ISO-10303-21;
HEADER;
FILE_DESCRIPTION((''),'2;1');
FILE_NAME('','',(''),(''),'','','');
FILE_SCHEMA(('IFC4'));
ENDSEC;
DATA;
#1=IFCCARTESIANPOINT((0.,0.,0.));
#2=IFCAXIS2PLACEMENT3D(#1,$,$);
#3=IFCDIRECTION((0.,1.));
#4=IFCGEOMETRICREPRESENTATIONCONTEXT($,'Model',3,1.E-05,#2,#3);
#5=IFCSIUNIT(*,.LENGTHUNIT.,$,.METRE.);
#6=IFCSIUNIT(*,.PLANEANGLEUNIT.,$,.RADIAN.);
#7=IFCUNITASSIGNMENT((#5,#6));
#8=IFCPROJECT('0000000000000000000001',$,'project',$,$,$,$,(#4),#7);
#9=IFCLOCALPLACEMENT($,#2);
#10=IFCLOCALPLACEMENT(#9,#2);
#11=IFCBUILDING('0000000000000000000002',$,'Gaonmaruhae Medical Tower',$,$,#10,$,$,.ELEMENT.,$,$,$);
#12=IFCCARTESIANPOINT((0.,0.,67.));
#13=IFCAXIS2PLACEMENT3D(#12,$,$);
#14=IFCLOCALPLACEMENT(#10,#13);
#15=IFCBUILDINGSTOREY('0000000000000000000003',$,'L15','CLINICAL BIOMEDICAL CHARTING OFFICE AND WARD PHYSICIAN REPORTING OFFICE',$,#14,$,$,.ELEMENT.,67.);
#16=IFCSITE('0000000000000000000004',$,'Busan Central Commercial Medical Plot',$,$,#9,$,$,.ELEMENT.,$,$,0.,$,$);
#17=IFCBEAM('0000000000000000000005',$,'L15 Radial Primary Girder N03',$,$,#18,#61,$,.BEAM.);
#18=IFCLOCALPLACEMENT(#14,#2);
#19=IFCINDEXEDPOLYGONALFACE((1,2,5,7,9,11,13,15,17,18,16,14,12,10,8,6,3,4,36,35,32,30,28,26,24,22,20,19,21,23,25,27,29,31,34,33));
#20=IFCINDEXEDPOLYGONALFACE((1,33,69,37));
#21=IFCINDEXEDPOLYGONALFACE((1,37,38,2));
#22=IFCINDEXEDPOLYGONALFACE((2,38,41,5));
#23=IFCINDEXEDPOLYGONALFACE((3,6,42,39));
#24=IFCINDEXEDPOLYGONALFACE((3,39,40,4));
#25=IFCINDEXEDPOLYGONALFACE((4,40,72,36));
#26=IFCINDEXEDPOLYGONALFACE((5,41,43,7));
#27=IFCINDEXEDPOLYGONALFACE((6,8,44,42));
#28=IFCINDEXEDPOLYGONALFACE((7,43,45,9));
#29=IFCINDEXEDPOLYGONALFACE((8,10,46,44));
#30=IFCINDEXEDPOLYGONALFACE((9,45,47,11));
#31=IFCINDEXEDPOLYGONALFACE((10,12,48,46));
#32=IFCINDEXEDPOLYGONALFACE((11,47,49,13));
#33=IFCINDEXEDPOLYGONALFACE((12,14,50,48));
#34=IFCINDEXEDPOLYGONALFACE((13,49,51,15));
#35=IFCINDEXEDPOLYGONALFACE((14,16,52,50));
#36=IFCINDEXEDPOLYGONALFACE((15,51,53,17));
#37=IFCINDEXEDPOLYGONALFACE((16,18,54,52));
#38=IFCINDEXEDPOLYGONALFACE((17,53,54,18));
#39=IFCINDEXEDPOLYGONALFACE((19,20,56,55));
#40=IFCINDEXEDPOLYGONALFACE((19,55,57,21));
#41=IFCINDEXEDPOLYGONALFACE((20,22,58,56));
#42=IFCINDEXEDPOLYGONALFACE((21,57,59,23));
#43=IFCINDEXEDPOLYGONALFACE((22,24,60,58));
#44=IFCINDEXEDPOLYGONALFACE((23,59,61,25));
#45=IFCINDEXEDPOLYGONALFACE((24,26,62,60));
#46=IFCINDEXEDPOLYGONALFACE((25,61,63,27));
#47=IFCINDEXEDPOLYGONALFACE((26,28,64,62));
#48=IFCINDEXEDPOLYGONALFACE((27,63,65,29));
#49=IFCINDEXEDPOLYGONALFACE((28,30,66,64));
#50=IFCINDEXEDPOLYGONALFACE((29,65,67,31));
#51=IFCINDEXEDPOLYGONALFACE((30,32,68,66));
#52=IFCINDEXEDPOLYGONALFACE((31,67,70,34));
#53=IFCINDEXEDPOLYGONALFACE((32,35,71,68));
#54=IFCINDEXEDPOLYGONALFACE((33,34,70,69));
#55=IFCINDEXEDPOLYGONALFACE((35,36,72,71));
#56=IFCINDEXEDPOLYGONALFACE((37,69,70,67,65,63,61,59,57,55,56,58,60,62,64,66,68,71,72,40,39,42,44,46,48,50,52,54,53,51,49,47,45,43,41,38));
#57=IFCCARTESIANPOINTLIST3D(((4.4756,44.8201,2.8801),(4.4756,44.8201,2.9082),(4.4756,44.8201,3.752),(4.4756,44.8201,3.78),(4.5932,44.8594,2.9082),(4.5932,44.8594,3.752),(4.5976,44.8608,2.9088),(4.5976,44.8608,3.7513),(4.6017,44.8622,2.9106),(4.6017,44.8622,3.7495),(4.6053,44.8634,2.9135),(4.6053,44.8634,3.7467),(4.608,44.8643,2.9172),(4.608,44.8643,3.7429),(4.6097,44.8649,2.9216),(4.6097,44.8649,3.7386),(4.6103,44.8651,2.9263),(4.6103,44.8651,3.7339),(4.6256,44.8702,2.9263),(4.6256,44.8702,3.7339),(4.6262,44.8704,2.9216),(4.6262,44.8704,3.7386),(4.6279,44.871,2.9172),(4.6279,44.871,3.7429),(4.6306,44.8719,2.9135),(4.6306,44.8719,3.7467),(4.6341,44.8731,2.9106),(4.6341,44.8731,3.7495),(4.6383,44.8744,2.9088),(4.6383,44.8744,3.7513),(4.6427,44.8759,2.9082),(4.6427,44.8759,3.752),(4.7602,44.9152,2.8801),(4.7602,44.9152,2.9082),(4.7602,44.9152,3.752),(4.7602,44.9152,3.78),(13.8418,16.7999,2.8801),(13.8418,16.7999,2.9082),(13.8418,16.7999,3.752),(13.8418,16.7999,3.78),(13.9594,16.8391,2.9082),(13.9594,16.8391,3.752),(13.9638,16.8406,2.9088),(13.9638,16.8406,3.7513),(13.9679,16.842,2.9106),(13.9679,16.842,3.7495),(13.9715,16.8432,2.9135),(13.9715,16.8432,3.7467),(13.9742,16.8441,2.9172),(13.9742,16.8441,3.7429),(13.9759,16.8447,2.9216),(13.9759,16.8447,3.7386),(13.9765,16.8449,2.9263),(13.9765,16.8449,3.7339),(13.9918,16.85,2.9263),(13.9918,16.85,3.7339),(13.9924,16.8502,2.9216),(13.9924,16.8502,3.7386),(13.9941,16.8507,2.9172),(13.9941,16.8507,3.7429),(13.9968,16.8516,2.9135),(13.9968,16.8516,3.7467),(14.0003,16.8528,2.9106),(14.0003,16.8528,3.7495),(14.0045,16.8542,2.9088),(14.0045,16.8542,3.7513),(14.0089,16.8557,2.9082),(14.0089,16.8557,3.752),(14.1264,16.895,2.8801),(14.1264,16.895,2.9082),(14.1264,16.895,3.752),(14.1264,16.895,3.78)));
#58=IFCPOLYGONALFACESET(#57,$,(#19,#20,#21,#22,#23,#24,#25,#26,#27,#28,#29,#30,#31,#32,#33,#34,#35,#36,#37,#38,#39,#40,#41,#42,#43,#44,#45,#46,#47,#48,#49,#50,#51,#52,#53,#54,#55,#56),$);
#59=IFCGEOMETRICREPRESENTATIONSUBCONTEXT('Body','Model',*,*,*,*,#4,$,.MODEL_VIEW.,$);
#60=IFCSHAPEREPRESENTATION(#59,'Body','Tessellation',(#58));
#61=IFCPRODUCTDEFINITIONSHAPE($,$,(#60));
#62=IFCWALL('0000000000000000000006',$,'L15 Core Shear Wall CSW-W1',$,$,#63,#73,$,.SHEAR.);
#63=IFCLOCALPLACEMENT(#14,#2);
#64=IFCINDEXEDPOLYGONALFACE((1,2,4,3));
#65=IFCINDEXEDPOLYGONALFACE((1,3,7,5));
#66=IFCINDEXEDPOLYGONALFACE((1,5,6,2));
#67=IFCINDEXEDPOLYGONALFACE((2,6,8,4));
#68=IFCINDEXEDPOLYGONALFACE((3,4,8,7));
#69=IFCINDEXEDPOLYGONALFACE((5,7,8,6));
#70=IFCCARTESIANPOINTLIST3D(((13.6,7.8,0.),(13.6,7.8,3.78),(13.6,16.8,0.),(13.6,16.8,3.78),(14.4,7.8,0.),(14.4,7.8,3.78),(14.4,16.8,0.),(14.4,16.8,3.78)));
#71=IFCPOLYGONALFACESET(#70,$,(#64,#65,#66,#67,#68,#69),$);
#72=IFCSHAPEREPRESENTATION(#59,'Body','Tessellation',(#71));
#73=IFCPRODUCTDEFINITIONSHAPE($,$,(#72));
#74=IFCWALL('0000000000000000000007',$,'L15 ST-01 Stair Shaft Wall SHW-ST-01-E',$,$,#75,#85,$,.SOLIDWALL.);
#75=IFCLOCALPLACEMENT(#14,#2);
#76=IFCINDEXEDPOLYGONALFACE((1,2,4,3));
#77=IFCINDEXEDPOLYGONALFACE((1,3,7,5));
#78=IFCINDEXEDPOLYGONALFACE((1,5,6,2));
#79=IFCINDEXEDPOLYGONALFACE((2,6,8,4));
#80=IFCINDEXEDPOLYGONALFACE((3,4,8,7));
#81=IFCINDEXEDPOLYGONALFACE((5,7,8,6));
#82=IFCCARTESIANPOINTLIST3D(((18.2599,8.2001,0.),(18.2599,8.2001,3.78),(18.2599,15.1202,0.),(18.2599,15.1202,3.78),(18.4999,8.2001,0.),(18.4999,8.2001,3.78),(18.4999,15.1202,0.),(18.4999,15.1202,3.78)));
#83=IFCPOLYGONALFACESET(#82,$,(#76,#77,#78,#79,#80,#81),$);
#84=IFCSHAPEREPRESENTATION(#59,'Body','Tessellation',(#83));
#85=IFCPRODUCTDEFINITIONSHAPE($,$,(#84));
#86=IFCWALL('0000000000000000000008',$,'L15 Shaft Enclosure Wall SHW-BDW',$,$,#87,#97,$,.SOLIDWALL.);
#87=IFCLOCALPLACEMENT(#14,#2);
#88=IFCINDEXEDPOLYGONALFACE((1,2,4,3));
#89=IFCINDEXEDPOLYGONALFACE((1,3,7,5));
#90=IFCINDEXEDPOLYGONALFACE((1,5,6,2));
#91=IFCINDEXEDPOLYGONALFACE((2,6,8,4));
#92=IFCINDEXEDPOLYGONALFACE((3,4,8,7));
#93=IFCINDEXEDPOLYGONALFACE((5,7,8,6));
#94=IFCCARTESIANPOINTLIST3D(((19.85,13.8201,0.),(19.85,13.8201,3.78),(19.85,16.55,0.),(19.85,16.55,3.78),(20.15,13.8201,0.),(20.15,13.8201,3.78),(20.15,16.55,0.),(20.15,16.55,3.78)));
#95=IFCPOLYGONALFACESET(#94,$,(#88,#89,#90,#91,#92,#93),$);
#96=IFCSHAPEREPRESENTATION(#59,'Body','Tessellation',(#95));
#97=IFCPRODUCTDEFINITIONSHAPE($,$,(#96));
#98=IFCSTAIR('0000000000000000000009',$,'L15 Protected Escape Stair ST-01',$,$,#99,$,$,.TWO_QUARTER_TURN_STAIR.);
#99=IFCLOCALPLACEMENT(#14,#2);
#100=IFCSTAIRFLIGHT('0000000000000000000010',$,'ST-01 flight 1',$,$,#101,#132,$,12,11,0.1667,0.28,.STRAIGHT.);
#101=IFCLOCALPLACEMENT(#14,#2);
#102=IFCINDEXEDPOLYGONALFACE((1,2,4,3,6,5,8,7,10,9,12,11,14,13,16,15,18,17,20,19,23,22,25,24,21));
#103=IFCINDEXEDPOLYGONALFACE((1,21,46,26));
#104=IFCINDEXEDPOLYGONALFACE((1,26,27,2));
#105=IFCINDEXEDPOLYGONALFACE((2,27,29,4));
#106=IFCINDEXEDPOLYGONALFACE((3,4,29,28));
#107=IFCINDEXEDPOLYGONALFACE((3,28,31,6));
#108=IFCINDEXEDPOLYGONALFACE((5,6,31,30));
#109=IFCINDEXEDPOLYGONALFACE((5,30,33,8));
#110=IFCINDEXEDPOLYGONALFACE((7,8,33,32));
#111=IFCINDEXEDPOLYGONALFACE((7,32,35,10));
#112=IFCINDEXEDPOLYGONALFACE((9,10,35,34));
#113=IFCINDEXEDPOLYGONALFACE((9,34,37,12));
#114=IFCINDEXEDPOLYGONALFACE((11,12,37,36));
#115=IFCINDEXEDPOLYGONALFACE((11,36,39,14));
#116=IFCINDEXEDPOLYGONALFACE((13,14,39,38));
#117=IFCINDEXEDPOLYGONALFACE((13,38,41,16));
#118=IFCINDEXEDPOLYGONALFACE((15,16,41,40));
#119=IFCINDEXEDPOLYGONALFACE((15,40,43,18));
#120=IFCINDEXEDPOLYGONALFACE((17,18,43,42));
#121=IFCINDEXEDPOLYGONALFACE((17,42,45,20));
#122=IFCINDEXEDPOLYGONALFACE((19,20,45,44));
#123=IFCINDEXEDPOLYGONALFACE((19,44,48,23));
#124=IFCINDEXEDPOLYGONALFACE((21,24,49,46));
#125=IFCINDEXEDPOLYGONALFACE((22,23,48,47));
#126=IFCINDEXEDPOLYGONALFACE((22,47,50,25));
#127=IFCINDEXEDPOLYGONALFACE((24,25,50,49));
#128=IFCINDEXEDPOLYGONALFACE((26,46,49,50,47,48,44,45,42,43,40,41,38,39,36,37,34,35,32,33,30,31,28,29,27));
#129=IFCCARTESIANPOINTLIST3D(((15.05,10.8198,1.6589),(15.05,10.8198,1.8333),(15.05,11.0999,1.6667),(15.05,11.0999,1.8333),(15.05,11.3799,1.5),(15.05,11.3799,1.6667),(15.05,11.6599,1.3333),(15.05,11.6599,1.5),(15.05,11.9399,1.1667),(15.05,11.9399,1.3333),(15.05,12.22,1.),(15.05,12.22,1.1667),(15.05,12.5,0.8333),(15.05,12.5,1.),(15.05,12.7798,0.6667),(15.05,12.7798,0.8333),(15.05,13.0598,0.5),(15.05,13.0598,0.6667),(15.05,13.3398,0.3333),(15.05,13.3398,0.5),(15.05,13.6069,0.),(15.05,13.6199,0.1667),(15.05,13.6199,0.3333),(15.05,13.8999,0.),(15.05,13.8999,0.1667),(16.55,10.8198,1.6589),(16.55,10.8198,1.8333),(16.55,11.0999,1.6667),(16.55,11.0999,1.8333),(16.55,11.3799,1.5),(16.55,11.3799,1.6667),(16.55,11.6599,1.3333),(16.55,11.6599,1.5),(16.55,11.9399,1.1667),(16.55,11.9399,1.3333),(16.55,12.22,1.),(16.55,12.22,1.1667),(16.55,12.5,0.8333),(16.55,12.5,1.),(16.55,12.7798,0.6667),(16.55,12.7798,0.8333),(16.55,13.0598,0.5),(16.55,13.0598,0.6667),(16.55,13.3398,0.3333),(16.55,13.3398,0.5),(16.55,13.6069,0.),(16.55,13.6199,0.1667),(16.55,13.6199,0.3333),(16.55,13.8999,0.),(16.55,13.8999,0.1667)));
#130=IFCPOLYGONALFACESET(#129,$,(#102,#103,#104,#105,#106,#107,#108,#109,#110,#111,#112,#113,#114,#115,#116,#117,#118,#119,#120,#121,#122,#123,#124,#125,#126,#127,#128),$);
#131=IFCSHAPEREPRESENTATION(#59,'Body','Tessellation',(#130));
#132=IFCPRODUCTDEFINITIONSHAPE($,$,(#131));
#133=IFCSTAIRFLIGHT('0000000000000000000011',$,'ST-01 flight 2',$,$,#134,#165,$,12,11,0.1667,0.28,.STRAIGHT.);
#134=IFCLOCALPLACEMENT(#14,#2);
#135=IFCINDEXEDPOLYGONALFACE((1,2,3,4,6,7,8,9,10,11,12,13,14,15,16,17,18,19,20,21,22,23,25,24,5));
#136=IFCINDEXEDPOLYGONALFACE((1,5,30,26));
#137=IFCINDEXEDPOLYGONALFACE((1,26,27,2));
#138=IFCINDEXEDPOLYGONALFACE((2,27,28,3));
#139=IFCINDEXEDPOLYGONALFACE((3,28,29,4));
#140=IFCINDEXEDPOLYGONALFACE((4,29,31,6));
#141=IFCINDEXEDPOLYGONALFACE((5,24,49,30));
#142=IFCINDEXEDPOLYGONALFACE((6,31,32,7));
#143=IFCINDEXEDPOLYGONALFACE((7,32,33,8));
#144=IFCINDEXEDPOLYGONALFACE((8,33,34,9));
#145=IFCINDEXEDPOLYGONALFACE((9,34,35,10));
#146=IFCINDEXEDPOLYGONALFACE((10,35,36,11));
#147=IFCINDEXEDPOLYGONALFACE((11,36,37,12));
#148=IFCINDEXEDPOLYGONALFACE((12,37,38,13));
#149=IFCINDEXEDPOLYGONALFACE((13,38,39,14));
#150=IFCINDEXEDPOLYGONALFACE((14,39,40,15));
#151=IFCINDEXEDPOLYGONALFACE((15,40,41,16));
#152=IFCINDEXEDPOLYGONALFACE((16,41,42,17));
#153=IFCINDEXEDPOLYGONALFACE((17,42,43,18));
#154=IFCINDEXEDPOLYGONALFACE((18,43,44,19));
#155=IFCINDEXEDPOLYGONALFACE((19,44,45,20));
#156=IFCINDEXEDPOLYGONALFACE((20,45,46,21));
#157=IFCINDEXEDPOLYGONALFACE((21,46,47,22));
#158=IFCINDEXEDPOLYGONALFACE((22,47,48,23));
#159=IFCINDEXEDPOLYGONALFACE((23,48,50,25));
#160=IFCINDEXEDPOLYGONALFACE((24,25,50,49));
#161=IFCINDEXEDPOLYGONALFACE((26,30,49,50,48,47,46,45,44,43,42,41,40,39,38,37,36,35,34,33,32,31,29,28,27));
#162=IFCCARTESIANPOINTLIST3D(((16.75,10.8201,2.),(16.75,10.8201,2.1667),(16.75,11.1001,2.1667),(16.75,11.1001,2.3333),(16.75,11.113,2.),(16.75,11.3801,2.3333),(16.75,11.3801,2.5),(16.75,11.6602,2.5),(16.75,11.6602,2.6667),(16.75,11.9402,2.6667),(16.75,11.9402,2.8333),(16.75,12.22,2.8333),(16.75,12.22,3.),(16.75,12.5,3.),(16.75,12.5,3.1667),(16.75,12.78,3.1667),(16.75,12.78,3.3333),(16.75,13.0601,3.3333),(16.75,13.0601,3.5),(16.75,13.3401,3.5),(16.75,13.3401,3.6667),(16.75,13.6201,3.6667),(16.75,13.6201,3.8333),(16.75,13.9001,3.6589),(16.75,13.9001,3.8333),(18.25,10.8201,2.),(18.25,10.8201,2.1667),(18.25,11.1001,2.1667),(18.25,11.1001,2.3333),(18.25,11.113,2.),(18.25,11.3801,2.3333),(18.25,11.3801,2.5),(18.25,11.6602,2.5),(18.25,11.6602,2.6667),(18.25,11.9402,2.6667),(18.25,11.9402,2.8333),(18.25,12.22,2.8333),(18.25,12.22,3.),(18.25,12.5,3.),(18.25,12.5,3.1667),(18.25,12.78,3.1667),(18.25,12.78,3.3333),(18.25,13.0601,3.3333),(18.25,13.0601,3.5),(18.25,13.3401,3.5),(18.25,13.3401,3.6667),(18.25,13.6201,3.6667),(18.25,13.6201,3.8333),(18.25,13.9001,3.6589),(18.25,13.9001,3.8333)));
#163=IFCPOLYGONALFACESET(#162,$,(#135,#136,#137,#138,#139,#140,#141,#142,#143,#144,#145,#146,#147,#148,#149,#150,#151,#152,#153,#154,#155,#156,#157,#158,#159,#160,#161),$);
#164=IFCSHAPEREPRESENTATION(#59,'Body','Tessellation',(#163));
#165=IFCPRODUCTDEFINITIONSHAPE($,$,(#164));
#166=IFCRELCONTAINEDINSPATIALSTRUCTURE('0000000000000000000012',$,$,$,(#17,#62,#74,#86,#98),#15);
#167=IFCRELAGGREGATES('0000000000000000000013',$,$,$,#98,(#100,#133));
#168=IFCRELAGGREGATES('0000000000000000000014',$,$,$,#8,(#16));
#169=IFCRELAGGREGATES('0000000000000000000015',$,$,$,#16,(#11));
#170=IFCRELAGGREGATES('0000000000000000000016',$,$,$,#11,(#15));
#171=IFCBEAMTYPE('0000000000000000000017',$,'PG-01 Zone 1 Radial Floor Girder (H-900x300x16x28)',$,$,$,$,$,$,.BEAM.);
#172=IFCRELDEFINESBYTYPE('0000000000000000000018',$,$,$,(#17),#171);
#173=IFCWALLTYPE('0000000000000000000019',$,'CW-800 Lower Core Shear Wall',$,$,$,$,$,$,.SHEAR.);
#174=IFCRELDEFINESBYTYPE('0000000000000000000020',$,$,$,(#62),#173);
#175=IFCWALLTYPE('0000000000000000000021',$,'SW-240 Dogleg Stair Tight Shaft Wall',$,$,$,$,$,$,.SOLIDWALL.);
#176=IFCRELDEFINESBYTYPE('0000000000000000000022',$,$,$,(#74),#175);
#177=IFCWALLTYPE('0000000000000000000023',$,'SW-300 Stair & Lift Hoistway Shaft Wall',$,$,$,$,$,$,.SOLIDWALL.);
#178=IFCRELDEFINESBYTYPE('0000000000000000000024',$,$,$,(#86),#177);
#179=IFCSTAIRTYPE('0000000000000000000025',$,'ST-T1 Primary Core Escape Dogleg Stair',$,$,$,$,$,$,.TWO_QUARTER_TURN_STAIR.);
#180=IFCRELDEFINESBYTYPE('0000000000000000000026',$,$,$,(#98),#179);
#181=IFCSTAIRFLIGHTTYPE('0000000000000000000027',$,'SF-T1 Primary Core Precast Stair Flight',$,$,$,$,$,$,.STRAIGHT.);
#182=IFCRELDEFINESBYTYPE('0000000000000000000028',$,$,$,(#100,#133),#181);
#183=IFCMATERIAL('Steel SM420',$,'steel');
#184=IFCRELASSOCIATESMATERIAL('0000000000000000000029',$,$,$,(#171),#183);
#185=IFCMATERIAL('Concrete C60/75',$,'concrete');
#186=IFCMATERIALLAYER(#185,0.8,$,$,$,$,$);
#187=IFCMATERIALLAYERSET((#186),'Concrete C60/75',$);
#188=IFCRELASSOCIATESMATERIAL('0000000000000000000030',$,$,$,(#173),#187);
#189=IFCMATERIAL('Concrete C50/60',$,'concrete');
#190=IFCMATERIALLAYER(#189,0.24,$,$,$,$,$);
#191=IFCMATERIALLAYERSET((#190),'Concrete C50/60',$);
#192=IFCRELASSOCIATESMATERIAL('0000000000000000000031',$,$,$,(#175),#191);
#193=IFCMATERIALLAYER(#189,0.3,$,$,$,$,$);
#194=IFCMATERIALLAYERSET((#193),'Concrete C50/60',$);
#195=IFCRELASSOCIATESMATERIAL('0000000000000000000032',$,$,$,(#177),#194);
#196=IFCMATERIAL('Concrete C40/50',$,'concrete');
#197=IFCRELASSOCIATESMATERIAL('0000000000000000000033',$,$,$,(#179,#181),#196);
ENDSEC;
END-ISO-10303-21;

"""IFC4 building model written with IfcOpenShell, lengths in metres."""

from ifc_helpers import new_model, si_unit, direction, frame, frame_2d, origin, origin_2d, place, context, subcontext, project, spatial, polyline, rectangle, i_section, outline, extrude, material, layer, layer_set, material_profile, profile_set, type_object, element, aggregate, save


model = new_model("IFC4")

# Units and contexts
model_context = context("Model", 3, precision=1e-05, world=origin(), true_north=direction((0.0, 1.0)))
body_context = subcontext(model_context, "Body", "Model", "MODEL_VIEW")
ifc_project = project(units=[si_unit("LENGTHUNIT", "METRE"), si_unit("PLANEANGLEUNIT", "RADIAN")], contexts=[model_context])

# Site, building, storey
site_placement = place(None, origin())
site = spatial("IfcSite", under=ifc_project, at=site_placement, Name="Busan Central Commercial Medical Plot", CompositionType="ELEMENT", RefElevation=0.0)
building_placement = place(site_placement, origin())
building = spatial("IfcBuilding", under=site, at=building_placement, Name="Gaonmaruhae Medical Tower", CompositionType="ELEMENT")
storey_placement = place(building_placement, frame((0.0, 0.0, 67.0)))
storey = spatial("IfcBuildingStorey", under=building, at=storey_placement, Name="L15", Description="CLINICAL BIOMEDICAL CHARTING OFFICE AND WARD PHYSICIAN REPORTING OFFICE", CompositionType="ELEMENT", Elevation=67.0)

# Shared definitions
ifc_material_1 = material(Name="Concrete C60/75", Category="concrete")

# Beam
ifc_material_2 = material(Name="Steel SM420", Category="steel")
ifc_material_profile_1 = material_profile(ifc_material_2, i_section(OverallWidth=0.3, OverallDepth=0.8999, WebThickness=0.0161, FlangeThickness=0.0281, FilletRadius=0.0181, at=origin_2d()), Name="H-900x300x16x28")
ifc_profile_set_1 = profile_set([ifc_material_profile_1], Name="Steel SM420")
beam_type = type_object("IfcBeamType", Name="PG-01 Zone 1 Radial Floor Girder (H-900x300x16x28)", PredefinedType="BEAM", material=ifc_profile_set_1)
beam_1_placement = place(storey_placement, frame((13.9841, 16.8474, 3.3301), z_axis=(-0.317023, 0.948418, 0.0), x_axis=(-0.948418, -0.317023, 0.0)))
element("IfcBeam", 1, at=beam_1_placement, inside=storey, type_object=beam_type, Name="L15 Radial Primary Girder N03", PredefinedType="BEAM", context=body_context, shape_type="SweptSolid", body=[
    extrude(i_section(OverallWidth=0.3, OverallDepth=0.8999, WebThickness=0.0161, FlangeThickness=0.0281, FilletRadius=0.0181, at=origin_2d()), origin(), (0.0, 0.0, 1.0), 29.5442),
])

# Wall
ifc_layer_1 = layer(ifc_material_1, 0.8)
ifc_layer_set_1 = layer_set([ifc_layer_1], Name="Concrete C60/75")
wall_type_1 = type_object("IfcWallType", Name="CW-800 Lower Core Shear Wall", PredefinedType="SHEAR", material=ifc_layer_set_1)
wall_1_placement = place(storey_placement, frame((14.0, 16.8, 0.0), z_axis=(0.0, 0.0, 1.0), x_axis=(0.0, -1.0, 0.0)))
element("IfcWall", 2, at=wall_1_placement, inside=storey, type_object=wall_type_1, Name="L15 Core Shear Wall CSW-W1", PredefinedType="SHEAR", context=body_context, shape_type="SweptSolid", body=[
    extrude(rectangle(XDim=9.0, YDim=0.8, at=frame_2d((4.5, 0.0))), origin(), (0.0, 0.0, 1.0), 3.78),
])

# Shared definitions
ifc_material_3 = material(Name="Concrete C50/60", Category="concrete")
ifc_layer_2 = layer(ifc_material_3, 0.24)
ifc_layer_set_2 = layer_set([ifc_layer_2], Name="Concrete C50/60")
wall_type_2 = type_object("IfcWallType", Name="SW-240 Dogleg Stair Tight Shaft Wall", PredefinedType="SOLIDWALL", material=ifc_layer_set_2)

# Wall
wall_2_placement = place(storey_placement, frame((18.3799, 15.1201, 0.0), z_axis=(0.0, 0.0, 1.0), x_axis=(0.0, -1.0, 0.0)))
element("IfcWall", 3, at=wall_2_placement, inside=storey, type_object=wall_type_2, Name="L15 ST-01 Stair Shaft Wall SHW-ST-01-E", PredefinedType="SOLIDWALL", context=body_context, shape_type="SweptSolid", body=[
    extrude(rectangle(XDim=6.9202, YDim=0.24, at=frame_2d((3.46, 0.0))), origin(), (0.0, 0.0, 1.0), 3.78),
])

# Shared definitions
ifc_layer_3 = layer(ifc_material_3, 0.3)
ifc_layer_set_3 = layer_set([ifc_layer_3], Name="Concrete C50/60")
wall_type_3 = type_object("IfcWallType", Name="SW-300 Stair & Lift Hoistway Shaft Wall", PredefinedType="SOLIDWALL", material=ifc_layer_set_3)

# Wall
wall_3_placement = place(storey_placement, frame((20.0, 13.8201, 0.0), z_axis=(0.0, 0.0, 1.0), x_axis=(0.0, 1.0, 0.0)))
element("IfcWall", 4, at=wall_3_placement, inside=storey, type_object=wall_type_3, Name="L15 Shaft Enclosure Wall SHW-BDW", PredefinedType="SOLIDWALL", context=body_context, shape_type="SweptSolid", body=[
    extrude(rectangle(XDim=2.73, YDim=0.3, at=frame_2d((1.365, 0.0))), origin(), (0.0, 0.0, 1.0), 3.78),
])

# Stair, stair flights
ifc_material_4 = material(Name="Concrete C40/50", Category="concrete")
stair_type = type_object("IfcStairType", Name="ST-T1 Primary Core Escape Dogleg Stair", PredefinedType="TWO_QUARTER_TURN_STAIR", material=ifc_material_4)
stair_placement = place(storey_placement, origin())
stair = element("IfcStair", 5, at=stair_placement, inside=storey, type_object=stair_type, Name="L15 Protected Escape Stair ST-01", PredefinedType="TWO_QUARTER_TURN_STAIR")
stair_flight_type = type_object("IfcStairFlightType", Name="SF-T1 Primary Core Precast Stair Flight", PredefinedType="STRAIGHT", material=ifc_material_4)
stair_flight_1_placement = place(storey_placement, frame((15.8, 13.8999, 0.0), z_axis=(0.0, 0.0, 1.0), x_axis=(0.0, -1.0, 0.0)))
stair_flight_1 = element("IfcStairFlight", 6, at=stair_flight_1_placement, type_object=stair_flight_type, Name="ST-01 flight 1", NumberOfRisers=12, NumberOfTreads=11, PredefinedType="STRAIGHT", RiserHeight=0.1667, TreadLength=0.28, context=body_context, shape_type="SweptSolid", body=[
    extrude(outline(polyline([(0.0, 0.0), (0.0, 0.1667), (0.28, 0.1667), (0.28, 0.3333), (0.5601, 0.3333), (0.5601, 0.5), (0.8401, 0.5), (0.8401, 0.6667), (1.1201, 0.6667), (1.1201, 0.8333), (1.3999, 0.8333), (1.3999, 1.0), (1.6799, 1.0), (1.6799, 1.1667), (1.96, 1.1667), (1.96, 1.3333), (2.24, 1.3333), (2.24, 1.5), (2.52, 1.5), (2.52, 1.6667), (2.8, 1.6667), (2.8, 1.8333), (3.0801, 1.8333), (3.0801, 2.0), (3.0801, 1.6589), (0.293, 0.0), (0.0, 0.0)])), frame((0.0, 0.75, 0.0), z_axis=(0.0, -1.0, 0.0), x_axis=(1.0, 0.0, 0.0)), (0.0, 0.0, 1.0), 1.5),
])
stair_flight_2_placement = place(storey_placement, frame((17.5, 10.8201, 2.0), z_axis=(0.0, 0.0, 1.0), x_axis=(0.0, 1.0, 0.0)))
stair_flight_2 = element("IfcStairFlight", 7, at=stair_flight_2_placement, type_object=stair_flight_type, Name="ST-01 flight 2", NumberOfRisers=12, NumberOfTreads=11, PredefinedType="STRAIGHT", RiserHeight=0.1667, TreadLength=0.28, context=body_context, shape_type="SweptSolid", body=[
    extrude(outline(polyline([(0.0, 0.0), (0.0, 0.1667), (0.28, 0.1667), (0.28, 0.3333), (0.5601, 0.3333), (0.5601, 0.5), (0.8401, 0.5), (0.8401, 0.6667), (1.1201, 0.6667), (1.1201, 0.8333), (1.3999, 0.8333), (1.3999, 1.0), (1.6799, 1.0), (1.6799, 1.1667), (1.96, 1.1667), (1.96, 1.3333), (2.24, 1.3333), (2.24, 1.5), (2.52, 1.5), (2.52, 1.6667), (2.8, 1.6667), (2.8, 1.8333), (3.0801, 1.8333), (3.0801, 2.0), (3.0801, 1.6589), (0.293, 0.0), (0.0, 0.0)])), frame((0.0, 0.75, 0.0), z_axis=(0.0, -1.0, 0.0), x_axis=(1.0, 0.0, 0.0)), (0.0, 0.0, 1.0), 1.5),
])
aggregate(stair, [stair_flight_1, stair_flight_2])

save(model, "model.ifc")
